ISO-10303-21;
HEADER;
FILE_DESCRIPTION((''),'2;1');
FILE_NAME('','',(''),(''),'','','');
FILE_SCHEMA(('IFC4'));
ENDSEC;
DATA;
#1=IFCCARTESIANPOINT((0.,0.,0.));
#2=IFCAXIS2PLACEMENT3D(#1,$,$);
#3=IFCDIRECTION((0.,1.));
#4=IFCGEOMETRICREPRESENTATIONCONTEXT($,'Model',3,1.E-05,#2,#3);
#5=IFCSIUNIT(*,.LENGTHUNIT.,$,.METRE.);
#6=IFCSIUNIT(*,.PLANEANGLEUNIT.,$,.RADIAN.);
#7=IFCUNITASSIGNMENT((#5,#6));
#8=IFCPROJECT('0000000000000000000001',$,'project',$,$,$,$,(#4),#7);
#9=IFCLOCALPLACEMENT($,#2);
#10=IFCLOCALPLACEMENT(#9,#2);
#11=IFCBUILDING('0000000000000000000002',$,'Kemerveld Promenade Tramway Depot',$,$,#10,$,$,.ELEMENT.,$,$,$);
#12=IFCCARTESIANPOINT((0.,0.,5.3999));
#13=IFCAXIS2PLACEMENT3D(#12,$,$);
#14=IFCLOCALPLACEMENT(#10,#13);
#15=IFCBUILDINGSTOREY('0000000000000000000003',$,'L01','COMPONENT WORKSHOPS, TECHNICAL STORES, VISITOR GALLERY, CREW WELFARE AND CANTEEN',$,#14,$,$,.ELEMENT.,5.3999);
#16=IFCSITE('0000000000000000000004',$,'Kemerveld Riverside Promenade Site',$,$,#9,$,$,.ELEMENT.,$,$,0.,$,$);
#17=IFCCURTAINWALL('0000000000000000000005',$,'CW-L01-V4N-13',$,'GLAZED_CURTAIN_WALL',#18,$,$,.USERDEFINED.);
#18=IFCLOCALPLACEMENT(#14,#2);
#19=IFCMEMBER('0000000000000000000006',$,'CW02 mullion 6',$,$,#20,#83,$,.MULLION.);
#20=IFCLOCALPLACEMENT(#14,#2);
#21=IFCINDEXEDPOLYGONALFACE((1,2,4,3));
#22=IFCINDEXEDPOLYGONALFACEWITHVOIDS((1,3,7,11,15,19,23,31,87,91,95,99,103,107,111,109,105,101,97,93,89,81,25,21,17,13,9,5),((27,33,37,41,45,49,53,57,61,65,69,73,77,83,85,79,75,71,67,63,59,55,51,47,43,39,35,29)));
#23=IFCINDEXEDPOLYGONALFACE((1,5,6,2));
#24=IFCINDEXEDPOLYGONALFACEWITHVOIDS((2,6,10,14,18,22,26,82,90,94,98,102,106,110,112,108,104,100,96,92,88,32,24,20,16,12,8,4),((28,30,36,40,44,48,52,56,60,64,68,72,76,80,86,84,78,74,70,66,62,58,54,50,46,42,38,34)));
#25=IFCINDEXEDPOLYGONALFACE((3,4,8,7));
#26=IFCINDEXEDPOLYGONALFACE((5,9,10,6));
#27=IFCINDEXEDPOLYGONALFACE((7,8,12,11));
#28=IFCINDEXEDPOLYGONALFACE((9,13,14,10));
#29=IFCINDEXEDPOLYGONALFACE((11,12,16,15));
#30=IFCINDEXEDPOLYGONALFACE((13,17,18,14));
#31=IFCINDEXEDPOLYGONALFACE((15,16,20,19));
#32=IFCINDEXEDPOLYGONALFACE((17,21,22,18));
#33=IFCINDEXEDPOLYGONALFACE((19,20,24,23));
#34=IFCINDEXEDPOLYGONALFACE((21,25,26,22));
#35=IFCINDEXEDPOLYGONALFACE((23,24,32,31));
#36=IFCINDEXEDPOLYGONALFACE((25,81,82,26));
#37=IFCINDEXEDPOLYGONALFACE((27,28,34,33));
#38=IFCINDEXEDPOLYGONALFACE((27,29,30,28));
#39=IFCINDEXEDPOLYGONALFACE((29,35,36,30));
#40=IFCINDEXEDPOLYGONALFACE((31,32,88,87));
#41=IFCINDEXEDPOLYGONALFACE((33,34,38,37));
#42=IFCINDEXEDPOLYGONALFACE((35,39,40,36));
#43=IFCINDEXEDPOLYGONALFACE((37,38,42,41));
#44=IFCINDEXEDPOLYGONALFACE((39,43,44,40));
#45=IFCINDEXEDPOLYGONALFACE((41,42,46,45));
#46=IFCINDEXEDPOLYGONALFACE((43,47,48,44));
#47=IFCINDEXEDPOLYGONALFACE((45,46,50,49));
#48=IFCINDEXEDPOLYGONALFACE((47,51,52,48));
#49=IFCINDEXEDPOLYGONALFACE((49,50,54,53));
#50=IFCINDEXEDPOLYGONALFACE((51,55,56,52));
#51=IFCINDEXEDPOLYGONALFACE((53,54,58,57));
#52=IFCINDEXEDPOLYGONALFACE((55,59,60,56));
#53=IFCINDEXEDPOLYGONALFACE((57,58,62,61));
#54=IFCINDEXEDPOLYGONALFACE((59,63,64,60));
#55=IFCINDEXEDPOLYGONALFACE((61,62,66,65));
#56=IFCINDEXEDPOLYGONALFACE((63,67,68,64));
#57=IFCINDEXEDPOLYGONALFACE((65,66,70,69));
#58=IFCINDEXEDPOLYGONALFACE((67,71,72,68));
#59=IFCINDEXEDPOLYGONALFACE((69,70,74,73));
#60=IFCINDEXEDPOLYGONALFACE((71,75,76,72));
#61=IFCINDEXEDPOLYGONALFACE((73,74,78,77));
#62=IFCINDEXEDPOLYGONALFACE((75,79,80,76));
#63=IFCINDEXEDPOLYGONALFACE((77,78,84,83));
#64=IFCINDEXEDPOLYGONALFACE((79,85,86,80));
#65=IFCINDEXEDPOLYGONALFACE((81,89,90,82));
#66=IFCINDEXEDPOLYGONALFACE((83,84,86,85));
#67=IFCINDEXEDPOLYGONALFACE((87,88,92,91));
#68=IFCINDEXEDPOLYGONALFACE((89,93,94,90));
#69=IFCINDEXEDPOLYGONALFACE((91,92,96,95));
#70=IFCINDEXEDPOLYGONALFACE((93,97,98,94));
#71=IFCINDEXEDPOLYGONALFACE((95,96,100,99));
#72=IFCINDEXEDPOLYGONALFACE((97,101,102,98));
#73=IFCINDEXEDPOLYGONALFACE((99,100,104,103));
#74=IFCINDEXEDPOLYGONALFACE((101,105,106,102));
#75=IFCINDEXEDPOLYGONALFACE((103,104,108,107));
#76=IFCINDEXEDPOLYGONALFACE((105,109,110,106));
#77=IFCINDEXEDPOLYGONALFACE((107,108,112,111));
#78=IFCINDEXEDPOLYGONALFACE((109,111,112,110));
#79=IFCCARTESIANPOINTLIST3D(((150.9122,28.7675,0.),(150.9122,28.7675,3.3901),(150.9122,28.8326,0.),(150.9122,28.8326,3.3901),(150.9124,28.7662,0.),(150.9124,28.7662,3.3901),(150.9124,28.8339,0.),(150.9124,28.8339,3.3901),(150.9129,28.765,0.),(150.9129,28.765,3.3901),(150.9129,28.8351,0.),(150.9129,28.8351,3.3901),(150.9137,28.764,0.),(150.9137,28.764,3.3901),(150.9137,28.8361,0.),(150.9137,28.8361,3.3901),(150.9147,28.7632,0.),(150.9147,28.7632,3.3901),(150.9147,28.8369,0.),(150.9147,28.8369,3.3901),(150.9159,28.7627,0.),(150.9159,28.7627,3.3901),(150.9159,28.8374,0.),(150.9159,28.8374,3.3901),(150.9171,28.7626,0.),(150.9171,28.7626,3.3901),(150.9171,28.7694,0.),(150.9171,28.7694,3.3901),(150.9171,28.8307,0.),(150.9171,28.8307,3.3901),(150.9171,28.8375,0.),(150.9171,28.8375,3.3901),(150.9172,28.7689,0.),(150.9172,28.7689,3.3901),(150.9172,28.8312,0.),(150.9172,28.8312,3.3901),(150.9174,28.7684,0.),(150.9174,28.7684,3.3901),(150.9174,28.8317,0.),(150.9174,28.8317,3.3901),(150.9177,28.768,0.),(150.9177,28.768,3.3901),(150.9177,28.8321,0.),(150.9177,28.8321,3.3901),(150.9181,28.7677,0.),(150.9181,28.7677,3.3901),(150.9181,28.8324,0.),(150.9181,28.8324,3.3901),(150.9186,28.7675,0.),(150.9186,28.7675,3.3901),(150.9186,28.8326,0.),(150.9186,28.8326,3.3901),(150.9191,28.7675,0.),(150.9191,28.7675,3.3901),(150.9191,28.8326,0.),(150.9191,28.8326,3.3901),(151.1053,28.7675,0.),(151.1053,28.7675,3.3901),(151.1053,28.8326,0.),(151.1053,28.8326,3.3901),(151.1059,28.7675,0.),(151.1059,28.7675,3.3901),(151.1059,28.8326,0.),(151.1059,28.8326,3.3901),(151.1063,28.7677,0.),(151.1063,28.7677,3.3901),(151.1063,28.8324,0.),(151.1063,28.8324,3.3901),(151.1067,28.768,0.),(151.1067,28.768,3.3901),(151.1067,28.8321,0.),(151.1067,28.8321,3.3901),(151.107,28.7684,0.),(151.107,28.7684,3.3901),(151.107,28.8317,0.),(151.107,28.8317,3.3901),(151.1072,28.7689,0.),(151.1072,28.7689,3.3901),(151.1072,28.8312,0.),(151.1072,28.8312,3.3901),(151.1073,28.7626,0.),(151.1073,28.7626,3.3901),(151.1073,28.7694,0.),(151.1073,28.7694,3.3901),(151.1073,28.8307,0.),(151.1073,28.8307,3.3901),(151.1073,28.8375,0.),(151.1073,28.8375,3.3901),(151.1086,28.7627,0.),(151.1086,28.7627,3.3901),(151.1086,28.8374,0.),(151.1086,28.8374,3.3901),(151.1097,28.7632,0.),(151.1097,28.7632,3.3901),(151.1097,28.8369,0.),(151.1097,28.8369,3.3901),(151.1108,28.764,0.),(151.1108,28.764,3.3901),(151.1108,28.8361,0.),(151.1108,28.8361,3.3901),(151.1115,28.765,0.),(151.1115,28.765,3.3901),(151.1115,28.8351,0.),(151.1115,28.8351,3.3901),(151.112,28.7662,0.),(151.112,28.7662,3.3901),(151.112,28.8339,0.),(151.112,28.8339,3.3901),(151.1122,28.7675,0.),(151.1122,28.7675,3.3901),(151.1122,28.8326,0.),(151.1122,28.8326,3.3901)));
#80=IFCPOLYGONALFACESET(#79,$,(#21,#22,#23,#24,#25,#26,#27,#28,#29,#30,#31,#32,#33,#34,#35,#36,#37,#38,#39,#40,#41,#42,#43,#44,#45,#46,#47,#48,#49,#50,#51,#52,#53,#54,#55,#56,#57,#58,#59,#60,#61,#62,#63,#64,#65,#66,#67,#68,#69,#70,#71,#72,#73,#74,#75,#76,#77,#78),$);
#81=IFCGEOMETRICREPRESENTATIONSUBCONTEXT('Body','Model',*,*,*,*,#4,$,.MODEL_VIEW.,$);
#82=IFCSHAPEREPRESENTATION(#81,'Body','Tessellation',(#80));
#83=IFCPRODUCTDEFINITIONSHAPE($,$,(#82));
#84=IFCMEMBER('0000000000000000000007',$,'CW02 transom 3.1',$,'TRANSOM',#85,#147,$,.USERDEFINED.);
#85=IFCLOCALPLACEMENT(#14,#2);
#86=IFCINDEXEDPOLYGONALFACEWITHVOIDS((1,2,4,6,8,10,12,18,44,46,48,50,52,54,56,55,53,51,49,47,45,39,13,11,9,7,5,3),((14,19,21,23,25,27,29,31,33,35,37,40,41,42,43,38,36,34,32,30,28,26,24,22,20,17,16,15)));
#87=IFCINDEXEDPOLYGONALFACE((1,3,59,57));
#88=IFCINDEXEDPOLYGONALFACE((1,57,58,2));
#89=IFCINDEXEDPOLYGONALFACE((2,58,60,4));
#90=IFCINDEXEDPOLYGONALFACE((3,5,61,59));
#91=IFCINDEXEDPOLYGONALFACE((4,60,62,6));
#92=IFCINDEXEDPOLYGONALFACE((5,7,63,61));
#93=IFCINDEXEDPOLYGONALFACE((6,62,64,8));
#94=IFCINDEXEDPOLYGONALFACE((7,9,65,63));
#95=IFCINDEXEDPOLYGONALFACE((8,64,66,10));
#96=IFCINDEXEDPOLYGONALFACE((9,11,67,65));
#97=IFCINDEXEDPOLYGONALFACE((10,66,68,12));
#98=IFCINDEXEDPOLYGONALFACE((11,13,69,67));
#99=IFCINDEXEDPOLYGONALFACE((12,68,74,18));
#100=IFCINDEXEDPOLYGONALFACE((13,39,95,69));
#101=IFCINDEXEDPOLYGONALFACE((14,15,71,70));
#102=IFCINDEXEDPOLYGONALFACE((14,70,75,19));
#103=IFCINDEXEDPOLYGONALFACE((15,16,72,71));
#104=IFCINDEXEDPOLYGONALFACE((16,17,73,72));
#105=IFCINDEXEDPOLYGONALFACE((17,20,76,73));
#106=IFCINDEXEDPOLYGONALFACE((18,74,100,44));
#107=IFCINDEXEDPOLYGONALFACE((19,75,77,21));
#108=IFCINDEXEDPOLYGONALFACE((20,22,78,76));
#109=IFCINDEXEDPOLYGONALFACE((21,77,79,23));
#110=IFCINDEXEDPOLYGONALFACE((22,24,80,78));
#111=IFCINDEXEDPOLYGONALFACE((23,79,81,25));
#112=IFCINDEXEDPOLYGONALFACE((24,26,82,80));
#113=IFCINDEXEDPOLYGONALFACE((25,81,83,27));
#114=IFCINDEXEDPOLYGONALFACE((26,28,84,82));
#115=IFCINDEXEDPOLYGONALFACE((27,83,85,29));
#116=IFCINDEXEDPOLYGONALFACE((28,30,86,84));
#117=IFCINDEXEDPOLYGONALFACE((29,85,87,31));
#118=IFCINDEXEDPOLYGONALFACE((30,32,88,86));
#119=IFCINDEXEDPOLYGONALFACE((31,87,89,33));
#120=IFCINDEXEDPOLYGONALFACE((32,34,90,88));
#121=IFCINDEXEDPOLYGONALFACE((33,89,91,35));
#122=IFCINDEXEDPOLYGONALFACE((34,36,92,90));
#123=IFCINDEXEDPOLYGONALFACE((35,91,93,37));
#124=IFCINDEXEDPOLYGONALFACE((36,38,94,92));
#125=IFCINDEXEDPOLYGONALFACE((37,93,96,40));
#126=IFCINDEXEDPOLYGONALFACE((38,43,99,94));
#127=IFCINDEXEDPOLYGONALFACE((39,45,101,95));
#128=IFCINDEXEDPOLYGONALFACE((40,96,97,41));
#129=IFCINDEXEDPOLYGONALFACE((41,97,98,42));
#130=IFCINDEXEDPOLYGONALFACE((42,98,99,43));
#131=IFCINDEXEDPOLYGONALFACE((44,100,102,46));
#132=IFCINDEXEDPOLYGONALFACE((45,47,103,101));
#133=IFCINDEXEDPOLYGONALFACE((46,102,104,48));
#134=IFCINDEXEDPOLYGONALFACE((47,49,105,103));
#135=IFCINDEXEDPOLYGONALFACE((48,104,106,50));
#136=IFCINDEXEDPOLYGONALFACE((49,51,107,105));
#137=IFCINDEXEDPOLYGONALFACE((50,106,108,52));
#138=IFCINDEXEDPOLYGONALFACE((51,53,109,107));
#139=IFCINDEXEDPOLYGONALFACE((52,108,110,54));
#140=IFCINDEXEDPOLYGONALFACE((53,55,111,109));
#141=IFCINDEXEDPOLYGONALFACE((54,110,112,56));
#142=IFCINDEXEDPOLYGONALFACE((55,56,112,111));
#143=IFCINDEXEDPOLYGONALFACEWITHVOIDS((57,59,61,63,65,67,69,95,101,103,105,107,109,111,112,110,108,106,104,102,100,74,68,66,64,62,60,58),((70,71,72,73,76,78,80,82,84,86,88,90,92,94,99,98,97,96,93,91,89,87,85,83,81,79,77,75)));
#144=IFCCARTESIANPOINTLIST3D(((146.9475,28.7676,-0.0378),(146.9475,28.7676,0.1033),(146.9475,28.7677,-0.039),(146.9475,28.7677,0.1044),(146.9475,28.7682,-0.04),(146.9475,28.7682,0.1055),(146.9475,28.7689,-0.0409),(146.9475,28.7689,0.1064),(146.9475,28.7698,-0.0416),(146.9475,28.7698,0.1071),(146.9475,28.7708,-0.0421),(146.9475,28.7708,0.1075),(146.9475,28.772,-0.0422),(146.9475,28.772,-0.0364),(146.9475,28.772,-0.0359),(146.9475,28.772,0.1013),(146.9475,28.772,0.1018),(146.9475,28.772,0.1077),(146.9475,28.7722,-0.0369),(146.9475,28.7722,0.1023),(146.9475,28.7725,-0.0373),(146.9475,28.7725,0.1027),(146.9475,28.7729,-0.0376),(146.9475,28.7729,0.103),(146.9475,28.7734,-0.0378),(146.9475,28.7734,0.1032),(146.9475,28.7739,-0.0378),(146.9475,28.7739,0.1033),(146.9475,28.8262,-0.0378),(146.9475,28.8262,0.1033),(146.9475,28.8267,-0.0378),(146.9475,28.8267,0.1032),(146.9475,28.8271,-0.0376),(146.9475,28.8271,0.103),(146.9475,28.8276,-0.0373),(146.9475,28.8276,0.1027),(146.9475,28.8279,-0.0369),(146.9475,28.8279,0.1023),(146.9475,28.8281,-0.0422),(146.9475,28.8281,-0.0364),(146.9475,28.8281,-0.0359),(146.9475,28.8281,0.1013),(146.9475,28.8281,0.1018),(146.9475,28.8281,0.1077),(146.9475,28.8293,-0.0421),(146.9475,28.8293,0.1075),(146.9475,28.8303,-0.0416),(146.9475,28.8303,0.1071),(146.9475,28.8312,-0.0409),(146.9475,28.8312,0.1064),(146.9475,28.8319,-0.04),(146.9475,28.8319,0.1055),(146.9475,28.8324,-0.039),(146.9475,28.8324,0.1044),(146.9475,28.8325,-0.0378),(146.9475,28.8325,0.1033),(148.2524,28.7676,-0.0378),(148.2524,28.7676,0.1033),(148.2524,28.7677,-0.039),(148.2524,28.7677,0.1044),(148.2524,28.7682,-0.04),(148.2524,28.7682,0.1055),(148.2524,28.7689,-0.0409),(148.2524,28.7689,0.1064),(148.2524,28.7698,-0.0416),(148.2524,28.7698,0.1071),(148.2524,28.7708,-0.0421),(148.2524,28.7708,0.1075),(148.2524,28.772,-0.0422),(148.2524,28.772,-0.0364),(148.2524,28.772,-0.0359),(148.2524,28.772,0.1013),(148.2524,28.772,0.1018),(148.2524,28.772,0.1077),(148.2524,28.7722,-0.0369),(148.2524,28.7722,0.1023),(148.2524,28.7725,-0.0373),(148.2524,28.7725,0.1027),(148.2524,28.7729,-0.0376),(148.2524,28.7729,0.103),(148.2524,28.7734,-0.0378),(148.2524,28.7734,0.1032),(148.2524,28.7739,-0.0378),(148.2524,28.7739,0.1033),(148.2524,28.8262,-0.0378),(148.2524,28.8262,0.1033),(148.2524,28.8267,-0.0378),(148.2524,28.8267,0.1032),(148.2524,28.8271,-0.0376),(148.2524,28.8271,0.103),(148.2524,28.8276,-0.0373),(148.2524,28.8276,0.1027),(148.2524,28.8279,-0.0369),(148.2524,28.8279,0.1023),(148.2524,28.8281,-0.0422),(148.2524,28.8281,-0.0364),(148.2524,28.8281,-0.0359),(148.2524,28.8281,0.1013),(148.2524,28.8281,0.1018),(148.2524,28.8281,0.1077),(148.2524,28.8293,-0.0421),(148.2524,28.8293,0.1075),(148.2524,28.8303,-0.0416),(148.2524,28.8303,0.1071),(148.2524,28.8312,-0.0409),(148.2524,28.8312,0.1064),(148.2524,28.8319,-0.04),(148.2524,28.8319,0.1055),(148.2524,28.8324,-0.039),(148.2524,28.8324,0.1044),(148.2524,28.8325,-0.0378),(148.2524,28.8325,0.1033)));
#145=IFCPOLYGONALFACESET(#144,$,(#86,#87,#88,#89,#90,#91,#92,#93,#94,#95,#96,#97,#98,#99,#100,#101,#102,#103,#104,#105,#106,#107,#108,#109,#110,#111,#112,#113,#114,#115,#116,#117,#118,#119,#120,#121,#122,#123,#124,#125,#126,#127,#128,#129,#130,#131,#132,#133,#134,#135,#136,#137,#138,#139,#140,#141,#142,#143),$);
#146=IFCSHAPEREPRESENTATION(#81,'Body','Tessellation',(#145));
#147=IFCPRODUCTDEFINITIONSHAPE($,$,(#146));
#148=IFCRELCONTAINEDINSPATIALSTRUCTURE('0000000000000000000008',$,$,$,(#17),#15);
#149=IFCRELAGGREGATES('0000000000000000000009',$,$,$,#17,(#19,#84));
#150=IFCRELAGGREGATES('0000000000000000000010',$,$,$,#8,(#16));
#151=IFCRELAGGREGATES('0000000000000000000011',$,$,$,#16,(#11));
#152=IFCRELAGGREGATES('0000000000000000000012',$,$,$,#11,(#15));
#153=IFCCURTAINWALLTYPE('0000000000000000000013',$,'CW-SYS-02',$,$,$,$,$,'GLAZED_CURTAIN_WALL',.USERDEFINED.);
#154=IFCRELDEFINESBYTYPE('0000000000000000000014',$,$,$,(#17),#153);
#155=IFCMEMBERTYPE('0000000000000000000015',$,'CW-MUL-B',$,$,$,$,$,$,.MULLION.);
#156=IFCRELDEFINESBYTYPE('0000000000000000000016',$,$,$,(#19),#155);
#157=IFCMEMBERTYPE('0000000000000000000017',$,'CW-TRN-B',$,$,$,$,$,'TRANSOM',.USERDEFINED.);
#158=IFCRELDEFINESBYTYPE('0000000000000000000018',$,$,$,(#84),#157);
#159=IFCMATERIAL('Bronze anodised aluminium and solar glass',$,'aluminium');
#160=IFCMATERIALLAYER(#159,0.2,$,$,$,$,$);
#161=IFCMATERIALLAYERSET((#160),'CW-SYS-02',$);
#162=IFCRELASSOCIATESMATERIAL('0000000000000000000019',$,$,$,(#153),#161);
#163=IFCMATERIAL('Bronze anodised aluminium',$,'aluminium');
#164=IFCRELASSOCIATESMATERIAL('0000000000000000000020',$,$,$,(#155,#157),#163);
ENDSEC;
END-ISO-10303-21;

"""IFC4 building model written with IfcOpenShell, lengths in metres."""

from ifc_helpers import new_model, si_unit, direction, frame, origin, origin_2d, place, context, subcontext, project, spatial, hollow_rectangle, extrude, material, layer, layer_set, material_profile, profile_set, type_object, element, aggregate, save


model = new_model("IFC4")

# Units and contexts
model_context = context("Model", 3, precision=1e-05, world=origin(), true_north=direction((0.0, 1.0)))
body_context = subcontext(model_context, "Body", "Model", "MODEL_VIEW")
ifc_project = project(units=[si_unit("LENGTHUNIT", "METRE"), si_unit("PLANEANGLEUNIT", "RADIAN")], contexts=[model_context])

# Site, building, storey
site_placement = place(None, origin())
site = spatial("IfcSite", under=ifc_project, at=site_placement, Name="Kemerveld Riverside Promenade Site", CompositionType="ELEMENT", RefElevation=0.0)
building_placement = place(site_placement, origin())
building = spatial("IfcBuilding", under=site, at=building_placement, Name="Kemerveld Promenade Tramway Depot", CompositionType="ELEMENT")
storey_placement = place(building_placement, frame((0.0, 0.0, 5.3999)))
storey = spatial("IfcBuildingStorey", under=building, at=storey_placement, Name="L01", Description="COMPONENT WORKSHOPS, TECHNICAL STORES, VISITOR GALLERY, CREW WELFARE AND CANTEEN", CompositionType="ELEMENT", Elevation=5.3999)

# Curtain wall, members
ifc_material_1 = material(Name="Bronze anodised aluminium and solar glass", Category="aluminium")
ifc_layer_1 = layer(ifc_material_1, 0.2)
ifc_layer_set_1 = layer_set([ifc_layer_1], Name="CW-SYS-02")
curtain_wall_type = type_object("IfcCurtainWallType", Name="CW-SYS-02", ElementType="GLAZED_CURTAIN_WALL", PredefinedType="USERDEFINED", material=ifc_layer_set_1)
curtain_wall_placement = place(storey_placement, origin())
curtain_wall = element("IfcCurtainWall", 1, at=curtain_wall_placement, inside=storey, type_object=curtain_wall_type, Name="CW-L01-V4N-13", ObjectType="GLAZED_CURTAIN_WALL", PredefinedType="USERDEFINED")
ifc_material_2 = material(Name="Bronze anodised aluminium", Category="aluminium")
ifc_material_profile_1 = material_profile(ifc_material_2, hollow_rectangle(XDim=0.075, YDim=0.2, WallThickness=0.0049, InnerFilletRadius=0.002, OuterFilletRadius=0.0049, at=origin_2d()), Name="CW-MUL-200x75")
ifc_profile_set_1 = profile_set([ifc_material_profile_1], Name="Bronze anodised aluminium")
member_type_1 = type_object("IfcMemberType", Name="CW-MUL-B", PredefinedType="MULLION", material=ifc_profile_set_1)
member_1_placement = place(storey_placement, frame((151.0122, 28.8, 0.0), z_axis=(0.0, 0.0, 1.0), x_axis=(0.0, 1.0, 0.0)))
member_1 = element("IfcMember", 2, at=member_1_placement, type_object=member_type_1, Name="CW02 mullion 6", PredefinedType="MULLION", context=body_context, shape_type="SweptSolid", body=[
    extrude(hollow_rectangle(XDim=0.075, YDim=0.2, WallThickness=0.0049, InnerFilletRadius=0.002, OuterFilletRadius=0.0049, at=origin_2d()), origin(), (0.0, 0.0, 1.0), 3.3901),
])
ifc_material_profile_2 = material_profile(ifc_material_2, hollow_rectangle(XDim=0.0649, YDim=0.1499, WallThickness=0.0044, InnerFilletRadius=0.002, OuterFilletRadius=0.0044, at=origin_2d()), Name="CW-TRN-150x65")
ifc_profile_set_2 = profile_set([ifc_material_profile_2], Name="Bronze anodised aluminium")
member_type_2 = type_object("IfcMemberType", Name="CW-TRN-B", ElementType="TRANSOM", PredefinedType="USERDEFINED", material=ifc_profile_set_2)
member_2_placement = place(storey_placement, frame((146.9475, 28.8, 0.0327), z_axis=(1.0, 0.0, 0.0), x_axis=(0.0, 1.0, 0.0)))
member_2 = element("IfcMember", 3, at=member_2_placement, type_object=member_type_2, Name="CW02 transom 3.1", ObjectType="TRANSOM", PredefinedType="USERDEFINED", context=body_context, shape_type="SweptSolid", body=[
    extrude(hollow_rectangle(XDim=0.0649, YDim=0.1499, WallThickness=0.0044, InnerFilletRadius=0.002, OuterFilletRadius=0.0044, at=origin_2d()), origin(), (0.0, 0.0, 1.0), 1.3049),
])
aggregate(curtain_wall, [member_1, member_2])

save(model, "model.ifc")
